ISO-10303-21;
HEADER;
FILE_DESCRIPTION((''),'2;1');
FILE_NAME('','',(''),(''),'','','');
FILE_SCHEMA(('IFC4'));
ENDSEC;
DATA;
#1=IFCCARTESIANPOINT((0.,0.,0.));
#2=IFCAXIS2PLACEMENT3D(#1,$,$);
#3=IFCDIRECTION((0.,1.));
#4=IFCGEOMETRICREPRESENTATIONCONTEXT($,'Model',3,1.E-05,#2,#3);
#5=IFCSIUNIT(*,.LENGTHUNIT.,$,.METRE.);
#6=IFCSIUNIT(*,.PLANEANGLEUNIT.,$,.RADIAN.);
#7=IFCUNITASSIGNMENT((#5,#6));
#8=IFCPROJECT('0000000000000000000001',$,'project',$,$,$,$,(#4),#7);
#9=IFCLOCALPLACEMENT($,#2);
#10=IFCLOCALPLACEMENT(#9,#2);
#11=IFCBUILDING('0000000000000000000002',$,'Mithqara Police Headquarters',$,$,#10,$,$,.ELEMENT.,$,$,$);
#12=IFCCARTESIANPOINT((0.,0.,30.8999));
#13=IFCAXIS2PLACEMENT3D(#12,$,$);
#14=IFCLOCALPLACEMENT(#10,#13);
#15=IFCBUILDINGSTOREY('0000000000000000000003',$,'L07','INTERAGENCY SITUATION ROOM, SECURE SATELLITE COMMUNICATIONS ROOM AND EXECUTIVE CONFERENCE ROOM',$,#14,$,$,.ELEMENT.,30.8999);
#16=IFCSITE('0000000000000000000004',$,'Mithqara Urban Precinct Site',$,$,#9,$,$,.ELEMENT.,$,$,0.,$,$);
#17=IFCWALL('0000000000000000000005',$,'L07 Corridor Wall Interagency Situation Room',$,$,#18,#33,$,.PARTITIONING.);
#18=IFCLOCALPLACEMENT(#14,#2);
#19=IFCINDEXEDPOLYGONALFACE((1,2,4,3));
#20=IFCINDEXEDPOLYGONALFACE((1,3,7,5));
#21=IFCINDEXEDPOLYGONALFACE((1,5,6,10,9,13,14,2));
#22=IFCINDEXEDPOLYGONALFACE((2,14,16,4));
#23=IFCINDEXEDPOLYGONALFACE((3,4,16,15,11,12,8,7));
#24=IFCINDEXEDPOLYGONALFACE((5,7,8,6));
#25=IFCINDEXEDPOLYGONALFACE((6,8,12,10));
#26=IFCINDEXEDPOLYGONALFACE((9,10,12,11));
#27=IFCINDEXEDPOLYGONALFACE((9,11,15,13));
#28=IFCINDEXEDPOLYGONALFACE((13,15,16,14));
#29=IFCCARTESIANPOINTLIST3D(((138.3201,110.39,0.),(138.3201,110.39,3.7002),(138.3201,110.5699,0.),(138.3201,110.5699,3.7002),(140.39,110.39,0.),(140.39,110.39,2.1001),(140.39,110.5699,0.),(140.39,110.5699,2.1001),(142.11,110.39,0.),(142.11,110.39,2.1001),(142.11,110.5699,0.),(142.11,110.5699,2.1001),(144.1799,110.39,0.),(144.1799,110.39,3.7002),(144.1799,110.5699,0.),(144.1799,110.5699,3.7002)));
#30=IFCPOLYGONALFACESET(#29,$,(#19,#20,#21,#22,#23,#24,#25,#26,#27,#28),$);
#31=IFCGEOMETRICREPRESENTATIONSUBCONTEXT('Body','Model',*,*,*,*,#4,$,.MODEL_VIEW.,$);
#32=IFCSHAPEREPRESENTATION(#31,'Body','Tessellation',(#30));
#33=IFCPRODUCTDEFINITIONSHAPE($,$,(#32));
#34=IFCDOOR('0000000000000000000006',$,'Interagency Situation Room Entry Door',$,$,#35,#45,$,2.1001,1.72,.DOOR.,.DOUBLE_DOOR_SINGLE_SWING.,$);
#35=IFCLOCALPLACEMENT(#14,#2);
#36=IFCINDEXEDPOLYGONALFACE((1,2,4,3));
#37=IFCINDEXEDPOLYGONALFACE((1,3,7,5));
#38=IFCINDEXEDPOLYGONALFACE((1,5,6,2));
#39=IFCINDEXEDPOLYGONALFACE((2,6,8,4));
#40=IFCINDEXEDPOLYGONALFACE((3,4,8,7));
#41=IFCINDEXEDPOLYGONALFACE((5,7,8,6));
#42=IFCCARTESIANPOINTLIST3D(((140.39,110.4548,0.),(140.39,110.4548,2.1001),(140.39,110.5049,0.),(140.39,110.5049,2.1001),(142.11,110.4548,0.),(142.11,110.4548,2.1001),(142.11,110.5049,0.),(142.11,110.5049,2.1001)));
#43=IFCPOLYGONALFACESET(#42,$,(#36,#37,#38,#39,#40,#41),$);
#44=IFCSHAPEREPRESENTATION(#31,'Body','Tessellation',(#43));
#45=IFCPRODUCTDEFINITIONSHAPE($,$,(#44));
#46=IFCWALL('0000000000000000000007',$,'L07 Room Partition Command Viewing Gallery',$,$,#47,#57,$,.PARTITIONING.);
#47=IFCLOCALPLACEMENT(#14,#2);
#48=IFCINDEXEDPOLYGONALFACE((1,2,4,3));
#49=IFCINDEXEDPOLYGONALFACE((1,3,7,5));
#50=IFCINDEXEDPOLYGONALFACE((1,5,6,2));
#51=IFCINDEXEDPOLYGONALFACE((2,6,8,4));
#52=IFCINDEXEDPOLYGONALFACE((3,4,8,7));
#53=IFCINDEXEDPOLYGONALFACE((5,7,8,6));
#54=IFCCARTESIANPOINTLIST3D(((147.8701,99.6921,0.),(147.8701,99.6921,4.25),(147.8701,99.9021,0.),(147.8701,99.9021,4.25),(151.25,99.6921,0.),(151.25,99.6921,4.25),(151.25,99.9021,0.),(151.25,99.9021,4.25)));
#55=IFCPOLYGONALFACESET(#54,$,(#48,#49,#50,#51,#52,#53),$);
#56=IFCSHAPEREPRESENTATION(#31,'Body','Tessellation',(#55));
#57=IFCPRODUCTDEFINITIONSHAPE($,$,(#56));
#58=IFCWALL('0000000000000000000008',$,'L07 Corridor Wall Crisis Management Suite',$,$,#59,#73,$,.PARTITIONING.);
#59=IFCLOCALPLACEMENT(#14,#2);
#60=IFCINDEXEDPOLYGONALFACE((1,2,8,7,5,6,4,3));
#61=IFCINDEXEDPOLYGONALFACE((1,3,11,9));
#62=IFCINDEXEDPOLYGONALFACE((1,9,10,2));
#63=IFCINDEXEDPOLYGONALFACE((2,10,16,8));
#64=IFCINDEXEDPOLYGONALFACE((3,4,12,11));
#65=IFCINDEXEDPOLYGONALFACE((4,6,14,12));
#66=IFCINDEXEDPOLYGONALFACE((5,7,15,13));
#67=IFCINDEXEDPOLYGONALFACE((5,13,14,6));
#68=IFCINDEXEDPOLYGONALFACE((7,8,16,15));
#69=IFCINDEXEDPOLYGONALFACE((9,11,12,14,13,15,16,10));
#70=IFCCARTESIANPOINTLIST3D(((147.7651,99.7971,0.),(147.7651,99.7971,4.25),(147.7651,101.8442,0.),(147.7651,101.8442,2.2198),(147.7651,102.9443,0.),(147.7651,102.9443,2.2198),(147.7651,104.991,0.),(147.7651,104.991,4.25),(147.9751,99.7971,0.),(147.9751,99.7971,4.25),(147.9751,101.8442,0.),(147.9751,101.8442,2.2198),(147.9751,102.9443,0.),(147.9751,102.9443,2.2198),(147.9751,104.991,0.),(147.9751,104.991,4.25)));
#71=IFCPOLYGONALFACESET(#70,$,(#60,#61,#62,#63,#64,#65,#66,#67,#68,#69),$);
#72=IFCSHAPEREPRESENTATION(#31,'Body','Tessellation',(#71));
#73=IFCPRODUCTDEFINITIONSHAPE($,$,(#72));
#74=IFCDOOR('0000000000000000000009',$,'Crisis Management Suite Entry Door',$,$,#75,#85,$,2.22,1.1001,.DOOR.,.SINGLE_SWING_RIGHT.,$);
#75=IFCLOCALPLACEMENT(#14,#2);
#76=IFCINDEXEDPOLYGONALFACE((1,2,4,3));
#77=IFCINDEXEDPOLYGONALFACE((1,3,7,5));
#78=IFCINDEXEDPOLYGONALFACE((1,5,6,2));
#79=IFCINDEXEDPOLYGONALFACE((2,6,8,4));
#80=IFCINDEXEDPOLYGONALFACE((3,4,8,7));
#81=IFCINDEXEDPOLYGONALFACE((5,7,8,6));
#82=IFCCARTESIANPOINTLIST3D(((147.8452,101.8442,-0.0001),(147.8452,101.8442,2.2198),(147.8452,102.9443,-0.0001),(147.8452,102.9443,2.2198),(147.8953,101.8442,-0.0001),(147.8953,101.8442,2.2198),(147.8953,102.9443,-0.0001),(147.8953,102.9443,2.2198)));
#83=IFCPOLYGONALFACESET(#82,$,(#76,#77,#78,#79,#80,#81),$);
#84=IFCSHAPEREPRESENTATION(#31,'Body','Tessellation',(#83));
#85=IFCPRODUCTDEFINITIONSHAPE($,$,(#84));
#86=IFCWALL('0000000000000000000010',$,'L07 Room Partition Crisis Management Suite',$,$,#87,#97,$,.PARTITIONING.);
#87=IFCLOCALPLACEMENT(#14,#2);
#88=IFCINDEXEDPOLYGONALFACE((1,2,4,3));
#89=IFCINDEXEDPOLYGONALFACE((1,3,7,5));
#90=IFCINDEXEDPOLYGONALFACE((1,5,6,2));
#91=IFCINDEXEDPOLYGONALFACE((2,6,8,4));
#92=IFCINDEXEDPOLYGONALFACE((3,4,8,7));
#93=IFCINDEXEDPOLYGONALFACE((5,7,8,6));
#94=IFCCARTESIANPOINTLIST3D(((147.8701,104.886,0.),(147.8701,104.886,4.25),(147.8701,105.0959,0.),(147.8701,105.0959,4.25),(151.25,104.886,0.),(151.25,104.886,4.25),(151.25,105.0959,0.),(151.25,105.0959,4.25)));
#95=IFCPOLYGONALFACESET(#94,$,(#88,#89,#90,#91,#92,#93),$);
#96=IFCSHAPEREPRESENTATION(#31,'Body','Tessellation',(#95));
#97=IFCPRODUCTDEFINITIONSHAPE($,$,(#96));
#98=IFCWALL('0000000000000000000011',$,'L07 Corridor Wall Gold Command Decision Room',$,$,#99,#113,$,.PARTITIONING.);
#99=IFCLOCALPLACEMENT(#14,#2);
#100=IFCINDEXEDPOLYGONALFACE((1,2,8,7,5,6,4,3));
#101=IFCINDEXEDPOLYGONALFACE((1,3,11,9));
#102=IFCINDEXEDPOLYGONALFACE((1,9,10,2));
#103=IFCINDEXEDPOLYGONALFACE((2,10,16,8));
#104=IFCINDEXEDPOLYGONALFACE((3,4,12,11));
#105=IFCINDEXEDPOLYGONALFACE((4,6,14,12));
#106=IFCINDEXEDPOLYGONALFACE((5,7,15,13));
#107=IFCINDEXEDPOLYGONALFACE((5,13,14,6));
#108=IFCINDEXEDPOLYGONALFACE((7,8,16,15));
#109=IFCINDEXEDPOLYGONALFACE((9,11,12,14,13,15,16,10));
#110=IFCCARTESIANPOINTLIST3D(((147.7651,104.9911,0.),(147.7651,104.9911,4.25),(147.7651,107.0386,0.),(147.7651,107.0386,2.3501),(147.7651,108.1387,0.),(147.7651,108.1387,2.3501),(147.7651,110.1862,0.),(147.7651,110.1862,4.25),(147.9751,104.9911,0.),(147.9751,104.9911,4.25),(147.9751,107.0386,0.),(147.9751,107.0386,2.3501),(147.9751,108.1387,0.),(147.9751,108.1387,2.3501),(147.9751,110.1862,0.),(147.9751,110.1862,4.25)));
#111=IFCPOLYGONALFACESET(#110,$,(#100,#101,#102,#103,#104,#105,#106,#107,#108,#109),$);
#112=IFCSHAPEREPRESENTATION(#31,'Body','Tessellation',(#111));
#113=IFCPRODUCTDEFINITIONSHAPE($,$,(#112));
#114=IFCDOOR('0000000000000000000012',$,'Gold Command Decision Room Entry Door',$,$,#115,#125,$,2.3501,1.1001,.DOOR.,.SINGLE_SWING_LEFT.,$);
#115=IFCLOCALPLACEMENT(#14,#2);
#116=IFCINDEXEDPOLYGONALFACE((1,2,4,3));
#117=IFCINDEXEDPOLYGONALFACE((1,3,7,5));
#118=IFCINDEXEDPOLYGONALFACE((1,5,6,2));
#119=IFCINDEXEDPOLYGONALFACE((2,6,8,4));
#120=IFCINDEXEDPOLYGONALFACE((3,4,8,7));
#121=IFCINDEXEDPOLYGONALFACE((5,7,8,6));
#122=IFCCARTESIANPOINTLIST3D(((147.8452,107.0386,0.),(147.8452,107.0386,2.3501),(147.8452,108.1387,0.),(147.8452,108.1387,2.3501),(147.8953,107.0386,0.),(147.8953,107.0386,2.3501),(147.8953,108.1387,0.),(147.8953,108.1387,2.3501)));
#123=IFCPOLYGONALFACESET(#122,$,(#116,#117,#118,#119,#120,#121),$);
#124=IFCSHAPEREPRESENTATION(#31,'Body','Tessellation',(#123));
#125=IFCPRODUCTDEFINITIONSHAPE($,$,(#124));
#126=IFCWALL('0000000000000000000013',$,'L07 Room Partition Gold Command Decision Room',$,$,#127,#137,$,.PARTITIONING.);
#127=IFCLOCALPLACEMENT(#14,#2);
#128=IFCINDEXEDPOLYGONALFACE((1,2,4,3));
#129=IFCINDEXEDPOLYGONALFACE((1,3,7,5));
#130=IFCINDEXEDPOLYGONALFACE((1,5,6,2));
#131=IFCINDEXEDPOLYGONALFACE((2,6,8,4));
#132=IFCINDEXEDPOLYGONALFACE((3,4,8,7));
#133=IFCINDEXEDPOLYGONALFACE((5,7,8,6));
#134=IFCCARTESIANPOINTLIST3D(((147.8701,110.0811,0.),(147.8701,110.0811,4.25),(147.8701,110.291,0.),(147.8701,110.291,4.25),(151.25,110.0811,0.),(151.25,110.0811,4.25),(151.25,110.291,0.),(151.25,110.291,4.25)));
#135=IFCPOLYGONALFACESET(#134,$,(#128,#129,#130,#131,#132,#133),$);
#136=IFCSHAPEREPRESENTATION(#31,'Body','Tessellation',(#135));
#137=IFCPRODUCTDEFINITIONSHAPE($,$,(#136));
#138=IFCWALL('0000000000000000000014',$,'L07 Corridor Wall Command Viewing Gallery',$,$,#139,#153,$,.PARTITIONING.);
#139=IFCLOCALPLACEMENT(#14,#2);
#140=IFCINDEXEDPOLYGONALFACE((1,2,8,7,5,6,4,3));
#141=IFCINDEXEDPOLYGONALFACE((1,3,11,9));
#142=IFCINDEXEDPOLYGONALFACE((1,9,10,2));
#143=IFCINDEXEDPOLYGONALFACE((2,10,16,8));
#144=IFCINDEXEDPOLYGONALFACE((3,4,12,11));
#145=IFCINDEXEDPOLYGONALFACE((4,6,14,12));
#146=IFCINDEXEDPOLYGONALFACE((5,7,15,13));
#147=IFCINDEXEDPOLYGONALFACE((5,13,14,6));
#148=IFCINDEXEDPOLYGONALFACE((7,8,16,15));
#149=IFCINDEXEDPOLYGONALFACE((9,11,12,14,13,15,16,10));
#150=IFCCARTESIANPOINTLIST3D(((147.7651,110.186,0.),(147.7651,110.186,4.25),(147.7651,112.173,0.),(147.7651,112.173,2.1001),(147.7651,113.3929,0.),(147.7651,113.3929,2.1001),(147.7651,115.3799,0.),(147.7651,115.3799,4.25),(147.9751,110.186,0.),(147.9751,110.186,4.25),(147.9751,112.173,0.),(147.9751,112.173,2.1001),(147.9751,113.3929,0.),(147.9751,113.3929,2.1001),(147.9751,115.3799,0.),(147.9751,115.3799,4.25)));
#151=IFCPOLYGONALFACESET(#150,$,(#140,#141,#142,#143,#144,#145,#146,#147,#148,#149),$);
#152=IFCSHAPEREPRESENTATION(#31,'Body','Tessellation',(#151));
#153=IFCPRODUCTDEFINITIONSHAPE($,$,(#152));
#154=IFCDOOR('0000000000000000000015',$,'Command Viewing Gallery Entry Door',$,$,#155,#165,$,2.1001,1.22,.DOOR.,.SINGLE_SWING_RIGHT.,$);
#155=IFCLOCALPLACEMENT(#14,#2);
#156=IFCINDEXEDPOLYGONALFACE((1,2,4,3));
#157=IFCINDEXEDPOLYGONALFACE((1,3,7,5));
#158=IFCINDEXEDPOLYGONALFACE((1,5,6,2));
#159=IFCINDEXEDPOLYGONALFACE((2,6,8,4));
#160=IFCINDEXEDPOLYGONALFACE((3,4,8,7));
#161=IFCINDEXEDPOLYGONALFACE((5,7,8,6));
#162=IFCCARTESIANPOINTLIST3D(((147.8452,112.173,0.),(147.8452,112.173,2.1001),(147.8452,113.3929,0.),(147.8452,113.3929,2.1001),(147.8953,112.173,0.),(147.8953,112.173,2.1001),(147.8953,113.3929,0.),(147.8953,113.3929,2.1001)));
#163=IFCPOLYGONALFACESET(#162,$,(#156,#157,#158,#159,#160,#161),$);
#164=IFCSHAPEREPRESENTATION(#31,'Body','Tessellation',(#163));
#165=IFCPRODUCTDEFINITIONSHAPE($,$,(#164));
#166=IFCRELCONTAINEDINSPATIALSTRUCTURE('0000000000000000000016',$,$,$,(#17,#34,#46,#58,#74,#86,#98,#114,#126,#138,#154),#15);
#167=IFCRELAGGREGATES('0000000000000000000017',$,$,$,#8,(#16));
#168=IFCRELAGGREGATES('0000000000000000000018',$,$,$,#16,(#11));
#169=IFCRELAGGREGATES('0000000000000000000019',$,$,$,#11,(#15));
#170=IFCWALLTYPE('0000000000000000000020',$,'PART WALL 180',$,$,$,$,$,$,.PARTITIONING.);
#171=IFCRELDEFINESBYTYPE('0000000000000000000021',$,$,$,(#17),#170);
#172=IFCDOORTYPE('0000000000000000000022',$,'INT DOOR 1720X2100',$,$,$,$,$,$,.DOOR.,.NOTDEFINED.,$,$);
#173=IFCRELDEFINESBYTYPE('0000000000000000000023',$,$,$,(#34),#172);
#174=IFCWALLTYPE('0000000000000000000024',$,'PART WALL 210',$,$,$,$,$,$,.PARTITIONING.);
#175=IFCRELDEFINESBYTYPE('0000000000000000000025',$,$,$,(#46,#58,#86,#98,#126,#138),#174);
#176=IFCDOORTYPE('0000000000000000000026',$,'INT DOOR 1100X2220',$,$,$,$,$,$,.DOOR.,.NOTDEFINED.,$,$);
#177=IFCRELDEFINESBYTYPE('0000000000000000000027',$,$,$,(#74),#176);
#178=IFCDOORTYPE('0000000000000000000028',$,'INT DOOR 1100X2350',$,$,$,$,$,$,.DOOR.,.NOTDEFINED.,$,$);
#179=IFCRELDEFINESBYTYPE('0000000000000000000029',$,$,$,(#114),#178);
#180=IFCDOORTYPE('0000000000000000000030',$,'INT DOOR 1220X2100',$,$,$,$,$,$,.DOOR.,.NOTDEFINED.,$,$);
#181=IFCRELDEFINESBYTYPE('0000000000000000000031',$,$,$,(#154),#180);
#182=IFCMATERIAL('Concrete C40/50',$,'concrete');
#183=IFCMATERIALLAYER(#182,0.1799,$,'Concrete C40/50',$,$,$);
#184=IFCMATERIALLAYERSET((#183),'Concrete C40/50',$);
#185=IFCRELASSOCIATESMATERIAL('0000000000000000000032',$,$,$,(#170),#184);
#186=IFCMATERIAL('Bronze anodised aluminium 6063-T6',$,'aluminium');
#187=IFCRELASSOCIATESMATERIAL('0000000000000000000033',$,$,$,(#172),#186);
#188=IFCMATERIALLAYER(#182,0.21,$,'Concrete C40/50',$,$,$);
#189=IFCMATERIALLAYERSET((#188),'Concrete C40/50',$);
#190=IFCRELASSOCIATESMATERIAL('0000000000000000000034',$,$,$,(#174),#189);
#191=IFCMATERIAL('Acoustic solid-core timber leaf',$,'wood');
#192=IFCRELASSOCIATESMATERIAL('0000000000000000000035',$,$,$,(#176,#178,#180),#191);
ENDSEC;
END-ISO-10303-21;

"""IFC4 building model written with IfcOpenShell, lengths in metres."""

from ifc_helpers import new_model, si_unit, direction, frame, frame_2d, origin, place, context, subcontext, project, spatial, rectangle, extrude, material, layer, layer_set, type_object, element, fill, save


model = new_model("IFC4")

# Units and contexts
model_context = context("Model", 3, precision=1e-05, world=origin(), true_north=direction((0.0, 1.0)))
body_context = subcontext(model_context, "Body", "Model", "MODEL_VIEW")
ifc_project = project(units=[si_unit("LENGTHUNIT", "METRE"), si_unit("PLANEANGLEUNIT", "RADIAN")], contexts=[model_context])

# Site, building, storey
site_placement = place(None, origin())
site = spatial("IfcSite", under=ifc_project, at=site_placement, Name="Mithqara Urban Precinct Site", CompositionType="ELEMENT", RefElevation=0.0)
building_placement = place(site_placement, origin())
building = spatial("IfcBuilding", under=site, at=building_placement, Name="Mithqara Police Headquarters", CompositionType="ELEMENT")
storey_placement = place(building_placement, frame((0.0, 0.0, 30.8999)))
storey = spatial("IfcBuildingStorey", under=building, at=storey_placement, Name="L07", Description="INTERAGENCY SITUATION ROOM, SECURE SATELLITE COMMUNICATIONS ROOM AND EXECUTIVE CONFERENCE ROOM", CompositionType="ELEMENT", Elevation=30.8999)

# Shared definitions
ifc_material_1 = material(Name="Concrete C40/50", Category="concrete")

# Shared definitions
ifc_layer_1 = layer(ifc_material_1, 0.1799, Name="Concrete C40/50")
ifc_layer_set_1 = layer_set([ifc_layer_1], Name="Concrete C40/50")
wall_type_1 = type_object("IfcWallType", Name="PART WALL 180", PredefinedType="PARTITIONING", material=ifc_layer_set_1)

# Wall, opening, door
wall_1_placement = place(storey_placement, frame((138.3201, 110.48, 0.0), z_axis=(0.0, 0.0, 1.0), x_axis=(1.0, 0.0, 0.0)))
wall_1 = element("IfcWall", 1, at=wall_1_placement, inside=storey, type_object=wall_type_1, Name="L07 Corridor Wall Interagency Situation Room", PredefinedType="PARTITIONING", context=body_context, shape_type="SweptSolid", body=[
    extrude(rectangle(XDim=5.8599, YDim=0.1799, at=frame_2d((2.9299, 0.0))), origin(), (0.0, 0.0, 1.0), 3.7002),
])
opening_1_placement = place(wall_1_placement, frame((2.0701, 0.0, 0.0)))
opening_1 = element("IfcOpeningElement", 2, at=opening_1_placement, cuts=wall_1, PredefinedType="OPENING", context=body_context, shape_type="SweptSolid", body=[
    extrude(rectangle(XDim=1.72, YDim=2.1001, at=frame_2d((0.8599, 1.05))), frame((0.0, 0.1001, 0.0), z_axis=(0.0, -1.0, 0.0), x_axis=(1.0, 0.0, 0.0)), (0.0, 0.0, 1.0), 0.2),
])
ifc_material_2 = material(Name="Bronze anodised aluminium 6063-T6", Category="aluminium")
door_type_1 = type_object("IfcDoorType", Name="INT DOOR 1720X2100", OperationType="NOTDEFINED", PredefinedType="DOOR", material=ifc_material_2)
door_1_placement = place(opening_1_placement, origin())
door_1 = element("IfcDoor", 3, at=door_1_placement, inside=storey, type_object=door_type_1, Name="Interagency Situation Room Entry Door", OperationType="DOUBLE_DOOR_SINGLE_SWING", OverallHeight=2.1001, OverallWidth=1.72, PredefinedType="DOOR", context=body_context, shape_type="SweptSolid", body=[
    extrude(rectangle(XDim=1.72, YDim=2.1001, at=frame_2d((0.8599, 1.05))), frame((0.0, 0.0249, 0.0), z_axis=(0.0, -1.0, 0.0), x_axis=(1.0, 0.0, 0.0)), (0.0, 0.0, 1.0), 0.05),
])
fill(opening_1, door_1)

# Wall
ifc_layer_2 = layer(ifc_material_1, 0.21, Name="Concrete C40/50")
ifc_layer_set_2 = layer_set([ifc_layer_2], Name="Concrete C40/50")
wall_type_2 = type_object("IfcWallType", Name="PART WALL 210", PredefinedType="PARTITIONING", material=ifc_layer_set_2)
wall_2_placement = place(storey_placement, frame((147.8701, 99.7971, 0.0), z_axis=(0.0, 0.0, 1.0), x_axis=(1.0, 0.0, 0.0)))
element("IfcWall", 4, at=wall_2_placement, inside=storey, type_object=wall_type_2, Name="L07 Room Partition Command Viewing Gallery", PredefinedType="PARTITIONING", context=body_context, shape_type="SweptSolid", body=[
    extrude(rectangle(XDim=3.3799, YDim=0.21, at=frame_2d((1.6899, 0.0))), origin(), (0.0, 0.0, 1.0), 4.25),
])

# Wall, opening, door
wall_3_placement = place(storey_placement, frame((147.8701, 99.7971, 0.0), z_axis=(0.0, 0.0, 1.0), x_axis=(0.0, 1.0, 0.0)))
wall_3 = element("IfcWall", 5, at=wall_3_placement, inside=storey, type_object=wall_type_2, Name="L07 Corridor Wall Crisis Management Suite", PredefinedType="PARTITIONING", context=body_context, shape_type="SweptSolid", body=[
    extrude(rectangle(XDim=5.1938, YDim=0.21, at=frame_2d((2.5969, 0.0))), origin(), (0.0, 0.0, 1.0), 4.25),
])
opening_2_placement = place(wall_3_placement, frame((2.0471, 0.0, 0.0)))
opening_2 = element("IfcOpeningElement", 6, at=opening_2_placement, cuts=wall_3, PredefinedType="OPENING", context=body_context, shape_type="SweptSolid", body=[
    extrude(rectangle(XDim=1.1001, YDim=2.22, at=frame_2d((0.55, 1.1099))), frame((0.0, 0.115, 0.0), z_axis=(0.0, -1.0, 0.0), x_axis=(1.0, 0.0, 0.0)), (0.0, 0.0, 1.0), 0.23),
])
ifc_material_3 = material(Name="Acoustic solid-core timber leaf", Category="wood")
door_type_2 = type_object("IfcDoorType", Name="INT DOOR 1100X2220", OperationType="NOTDEFINED", PredefinedType="DOOR", material=ifc_material_3)
door_2_placement = place(opening_2_placement, origin())
door_2 = element("IfcDoor", 7, at=door_2_placement, inside=storey, type_object=door_type_2, Name="Crisis Management Suite Entry Door", OperationType="SINGLE_SWING_RIGHT", OverallHeight=2.22, OverallWidth=1.1001, PredefinedType="DOOR", context=body_context, shape_type="SweptSolid", body=[
    extrude(rectangle(XDim=1.1001, YDim=2.22, at=frame_2d((0.55, 1.1099))), frame((0.0, 0.0249, 0.0), z_axis=(0.0, -1.0, 0.0), x_axis=(1.0, 0.0, 0.0)), (0.0, 0.0, 1.0), 0.05),
])
fill(opening_2, door_2)

# Wall
wall_4_placement = place(storey_placement, frame((147.8701, 104.991, 0.0), z_axis=(0.0, 0.0, 1.0), x_axis=(1.0, 0.0, 0.0)))
element("IfcWall", 8, at=wall_4_placement, inside=storey, type_object=wall_type_2, Name="L07 Room Partition Crisis Management Suite", PredefinedType="PARTITIONING", context=body_context, shape_type="SweptSolid", body=[
    extrude(rectangle(XDim=3.3799, YDim=0.21, at=frame_2d((1.6899, 0.0))), origin(), (0.0, 0.0, 1.0), 4.25),
])

# Wall, opening, door
wall_5_placement = place(storey_placement, frame((147.8701, 104.991, 0.0), z_axis=(0.0, 0.0, 1.0), x_axis=(0.0, 1.0, 0.0)))
wall_5 = element("IfcWall", 9, at=wall_5_placement, inside=storey, type_object=wall_type_2, Name="L07 Corridor Wall Gold Command Decision Room", PredefinedType="PARTITIONING", context=body_context, shape_type="SweptSolid", body=[
    extrude(rectangle(XDim=5.1951, YDim=0.21, at=frame_2d((2.5977, 0.0))), origin(), (0.0, 0.0, 1.0), 4.25),
])
opening_3_placement = place(wall_5_placement, frame((2.0476, 0.0, 0.0)))
opening_3 = element("IfcOpeningElement", 10, at=opening_3_placement, cuts=wall_5, PredefinedType="OPENING", context=body_context, shape_type="SweptSolid", body=[
    extrude(rectangle(XDim=1.1001, YDim=2.3501, at=frame_2d((0.55, 1.175))), frame((0.0, 0.115, 0.0), z_axis=(0.0, -1.0, 0.0), x_axis=(1.0, 0.0, 0.0)), (0.0, 0.0, 1.0), 0.23),
])
door_type_3 = type_object("IfcDoorType", Name="INT DOOR 1100X2350", OperationType="NOTDEFINED", PredefinedType="DOOR", material=ifc_material_3)
door_3_placement = place(opening_3_placement, origin())
door_3 = element("IfcDoor", 11, at=door_3_placement, inside=storey, type_object=door_type_3, Name="Gold Command Decision Room Entry Door", OperationType="SINGLE_SWING_LEFT", OverallHeight=2.3501, OverallWidth=1.1001, PredefinedType="DOOR", context=body_context, shape_type="SweptSolid", body=[
    extrude(rectangle(XDim=1.1001, YDim=2.3501, at=frame_2d((0.55, 1.175))), frame((0.0, 0.0249, 0.0), z_axis=(0.0, -1.0, 0.0), x_axis=(1.0, 0.0, 0.0)), (0.0, 0.0, 1.0), 0.05),
])
fill(opening_3, door_3)

# Wall
wall_6_placement = place(storey_placement, frame((147.8701, 110.186, 0.0), z_axis=(0.0, 0.0, 1.0), x_axis=(1.0, 0.0, 0.0)))
element("IfcWall", 12, at=wall_6_placement, inside=storey, type_object=wall_type_2, Name="L07 Room Partition Gold Command Decision Room", PredefinedType="PARTITIONING", context=body_context, shape_type="SweptSolid", body=[
    extrude(rectangle(XDim=3.3799, YDim=0.21, at=frame_2d((1.6899, 0.0))), origin(), (0.0, 0.0, 1.0), 4.25),
])

# Wall, opening, door
wall_7_placement = place(storey_placement, frame((147.8701, 110.186, 0.0), z_axis=(0.0, 0.0, 1.0), x_axis=(0.0, 1.0, 0.0)))
wall_7 = element("IfcWall", 13, at=wall_7_placement, inside=storey, type_object=wall_type_2, Name="L07 Corridor Wall Command Viewing Gallery", PredefinedType="PARTITIONING", context=body_context, shape_type="SweptSolid", body=[
    extrude(rectangle(XDim=5.1938, YDim=0.21, at=frame_2d((2.5969, 0.0))), origin(), (0.0, 0.0, 1.0), 4.25),
])
opening_4_placement = place(wall_7_placement, frame((1.9871, 0.0, 0.0)))
opening_4 = element("IfcOpeningElement", 14, at=opening_4_placement, cuts=wall_7, PredefinedType="OPENING", context=body_context, shape_type="SweptSolid", body=[
    extrude(rectangle(XDim=1.22, YDim=2.1001, at=frame_2d((0.6099, 1.05))), frame((0.0, 0.115, 0.0), z_axis=(0.0, -1.0, 0.0), x_axis=(1.0, 0.0, 0.0)), (0.0, 0.0, 1.0), 0.23),
])
door_type_4 = type_object("IfcDoorType", Name="INT DOOR 1220X2100", OperationType="NOTDEFINED", PredefinedType="DOOR", material=ifc_material_3)
door_4_placement = place(opening_4_placement, origin())
door_4 = element("IfcDoor", 15, at=door_4_placement, inside=storey, type_object=door_type_4, Name="Command Viewing Gallery Entry Door", OperationType="SINGLE_SWING_RIGHT", OverallHeight=2.1001, OverallWidth=1.22, PredefinedType="DOOR", context=body_context, shape_type="SweptSolid", body=[
    extrude(rectangle(XDim=1.22, YDim=2.1001, at=frame_2d((0.6099, 1.05))), frame((0.0, 0.0249, 0.0), z_axis=(0.0, -1.0, 0.0), x_axis=(1.0, 0.0, 0.0)), (0.0, 0.0, 1.0), 0.05),
])
fill(opening_4, door_4)

save(model, "model.ifc")
